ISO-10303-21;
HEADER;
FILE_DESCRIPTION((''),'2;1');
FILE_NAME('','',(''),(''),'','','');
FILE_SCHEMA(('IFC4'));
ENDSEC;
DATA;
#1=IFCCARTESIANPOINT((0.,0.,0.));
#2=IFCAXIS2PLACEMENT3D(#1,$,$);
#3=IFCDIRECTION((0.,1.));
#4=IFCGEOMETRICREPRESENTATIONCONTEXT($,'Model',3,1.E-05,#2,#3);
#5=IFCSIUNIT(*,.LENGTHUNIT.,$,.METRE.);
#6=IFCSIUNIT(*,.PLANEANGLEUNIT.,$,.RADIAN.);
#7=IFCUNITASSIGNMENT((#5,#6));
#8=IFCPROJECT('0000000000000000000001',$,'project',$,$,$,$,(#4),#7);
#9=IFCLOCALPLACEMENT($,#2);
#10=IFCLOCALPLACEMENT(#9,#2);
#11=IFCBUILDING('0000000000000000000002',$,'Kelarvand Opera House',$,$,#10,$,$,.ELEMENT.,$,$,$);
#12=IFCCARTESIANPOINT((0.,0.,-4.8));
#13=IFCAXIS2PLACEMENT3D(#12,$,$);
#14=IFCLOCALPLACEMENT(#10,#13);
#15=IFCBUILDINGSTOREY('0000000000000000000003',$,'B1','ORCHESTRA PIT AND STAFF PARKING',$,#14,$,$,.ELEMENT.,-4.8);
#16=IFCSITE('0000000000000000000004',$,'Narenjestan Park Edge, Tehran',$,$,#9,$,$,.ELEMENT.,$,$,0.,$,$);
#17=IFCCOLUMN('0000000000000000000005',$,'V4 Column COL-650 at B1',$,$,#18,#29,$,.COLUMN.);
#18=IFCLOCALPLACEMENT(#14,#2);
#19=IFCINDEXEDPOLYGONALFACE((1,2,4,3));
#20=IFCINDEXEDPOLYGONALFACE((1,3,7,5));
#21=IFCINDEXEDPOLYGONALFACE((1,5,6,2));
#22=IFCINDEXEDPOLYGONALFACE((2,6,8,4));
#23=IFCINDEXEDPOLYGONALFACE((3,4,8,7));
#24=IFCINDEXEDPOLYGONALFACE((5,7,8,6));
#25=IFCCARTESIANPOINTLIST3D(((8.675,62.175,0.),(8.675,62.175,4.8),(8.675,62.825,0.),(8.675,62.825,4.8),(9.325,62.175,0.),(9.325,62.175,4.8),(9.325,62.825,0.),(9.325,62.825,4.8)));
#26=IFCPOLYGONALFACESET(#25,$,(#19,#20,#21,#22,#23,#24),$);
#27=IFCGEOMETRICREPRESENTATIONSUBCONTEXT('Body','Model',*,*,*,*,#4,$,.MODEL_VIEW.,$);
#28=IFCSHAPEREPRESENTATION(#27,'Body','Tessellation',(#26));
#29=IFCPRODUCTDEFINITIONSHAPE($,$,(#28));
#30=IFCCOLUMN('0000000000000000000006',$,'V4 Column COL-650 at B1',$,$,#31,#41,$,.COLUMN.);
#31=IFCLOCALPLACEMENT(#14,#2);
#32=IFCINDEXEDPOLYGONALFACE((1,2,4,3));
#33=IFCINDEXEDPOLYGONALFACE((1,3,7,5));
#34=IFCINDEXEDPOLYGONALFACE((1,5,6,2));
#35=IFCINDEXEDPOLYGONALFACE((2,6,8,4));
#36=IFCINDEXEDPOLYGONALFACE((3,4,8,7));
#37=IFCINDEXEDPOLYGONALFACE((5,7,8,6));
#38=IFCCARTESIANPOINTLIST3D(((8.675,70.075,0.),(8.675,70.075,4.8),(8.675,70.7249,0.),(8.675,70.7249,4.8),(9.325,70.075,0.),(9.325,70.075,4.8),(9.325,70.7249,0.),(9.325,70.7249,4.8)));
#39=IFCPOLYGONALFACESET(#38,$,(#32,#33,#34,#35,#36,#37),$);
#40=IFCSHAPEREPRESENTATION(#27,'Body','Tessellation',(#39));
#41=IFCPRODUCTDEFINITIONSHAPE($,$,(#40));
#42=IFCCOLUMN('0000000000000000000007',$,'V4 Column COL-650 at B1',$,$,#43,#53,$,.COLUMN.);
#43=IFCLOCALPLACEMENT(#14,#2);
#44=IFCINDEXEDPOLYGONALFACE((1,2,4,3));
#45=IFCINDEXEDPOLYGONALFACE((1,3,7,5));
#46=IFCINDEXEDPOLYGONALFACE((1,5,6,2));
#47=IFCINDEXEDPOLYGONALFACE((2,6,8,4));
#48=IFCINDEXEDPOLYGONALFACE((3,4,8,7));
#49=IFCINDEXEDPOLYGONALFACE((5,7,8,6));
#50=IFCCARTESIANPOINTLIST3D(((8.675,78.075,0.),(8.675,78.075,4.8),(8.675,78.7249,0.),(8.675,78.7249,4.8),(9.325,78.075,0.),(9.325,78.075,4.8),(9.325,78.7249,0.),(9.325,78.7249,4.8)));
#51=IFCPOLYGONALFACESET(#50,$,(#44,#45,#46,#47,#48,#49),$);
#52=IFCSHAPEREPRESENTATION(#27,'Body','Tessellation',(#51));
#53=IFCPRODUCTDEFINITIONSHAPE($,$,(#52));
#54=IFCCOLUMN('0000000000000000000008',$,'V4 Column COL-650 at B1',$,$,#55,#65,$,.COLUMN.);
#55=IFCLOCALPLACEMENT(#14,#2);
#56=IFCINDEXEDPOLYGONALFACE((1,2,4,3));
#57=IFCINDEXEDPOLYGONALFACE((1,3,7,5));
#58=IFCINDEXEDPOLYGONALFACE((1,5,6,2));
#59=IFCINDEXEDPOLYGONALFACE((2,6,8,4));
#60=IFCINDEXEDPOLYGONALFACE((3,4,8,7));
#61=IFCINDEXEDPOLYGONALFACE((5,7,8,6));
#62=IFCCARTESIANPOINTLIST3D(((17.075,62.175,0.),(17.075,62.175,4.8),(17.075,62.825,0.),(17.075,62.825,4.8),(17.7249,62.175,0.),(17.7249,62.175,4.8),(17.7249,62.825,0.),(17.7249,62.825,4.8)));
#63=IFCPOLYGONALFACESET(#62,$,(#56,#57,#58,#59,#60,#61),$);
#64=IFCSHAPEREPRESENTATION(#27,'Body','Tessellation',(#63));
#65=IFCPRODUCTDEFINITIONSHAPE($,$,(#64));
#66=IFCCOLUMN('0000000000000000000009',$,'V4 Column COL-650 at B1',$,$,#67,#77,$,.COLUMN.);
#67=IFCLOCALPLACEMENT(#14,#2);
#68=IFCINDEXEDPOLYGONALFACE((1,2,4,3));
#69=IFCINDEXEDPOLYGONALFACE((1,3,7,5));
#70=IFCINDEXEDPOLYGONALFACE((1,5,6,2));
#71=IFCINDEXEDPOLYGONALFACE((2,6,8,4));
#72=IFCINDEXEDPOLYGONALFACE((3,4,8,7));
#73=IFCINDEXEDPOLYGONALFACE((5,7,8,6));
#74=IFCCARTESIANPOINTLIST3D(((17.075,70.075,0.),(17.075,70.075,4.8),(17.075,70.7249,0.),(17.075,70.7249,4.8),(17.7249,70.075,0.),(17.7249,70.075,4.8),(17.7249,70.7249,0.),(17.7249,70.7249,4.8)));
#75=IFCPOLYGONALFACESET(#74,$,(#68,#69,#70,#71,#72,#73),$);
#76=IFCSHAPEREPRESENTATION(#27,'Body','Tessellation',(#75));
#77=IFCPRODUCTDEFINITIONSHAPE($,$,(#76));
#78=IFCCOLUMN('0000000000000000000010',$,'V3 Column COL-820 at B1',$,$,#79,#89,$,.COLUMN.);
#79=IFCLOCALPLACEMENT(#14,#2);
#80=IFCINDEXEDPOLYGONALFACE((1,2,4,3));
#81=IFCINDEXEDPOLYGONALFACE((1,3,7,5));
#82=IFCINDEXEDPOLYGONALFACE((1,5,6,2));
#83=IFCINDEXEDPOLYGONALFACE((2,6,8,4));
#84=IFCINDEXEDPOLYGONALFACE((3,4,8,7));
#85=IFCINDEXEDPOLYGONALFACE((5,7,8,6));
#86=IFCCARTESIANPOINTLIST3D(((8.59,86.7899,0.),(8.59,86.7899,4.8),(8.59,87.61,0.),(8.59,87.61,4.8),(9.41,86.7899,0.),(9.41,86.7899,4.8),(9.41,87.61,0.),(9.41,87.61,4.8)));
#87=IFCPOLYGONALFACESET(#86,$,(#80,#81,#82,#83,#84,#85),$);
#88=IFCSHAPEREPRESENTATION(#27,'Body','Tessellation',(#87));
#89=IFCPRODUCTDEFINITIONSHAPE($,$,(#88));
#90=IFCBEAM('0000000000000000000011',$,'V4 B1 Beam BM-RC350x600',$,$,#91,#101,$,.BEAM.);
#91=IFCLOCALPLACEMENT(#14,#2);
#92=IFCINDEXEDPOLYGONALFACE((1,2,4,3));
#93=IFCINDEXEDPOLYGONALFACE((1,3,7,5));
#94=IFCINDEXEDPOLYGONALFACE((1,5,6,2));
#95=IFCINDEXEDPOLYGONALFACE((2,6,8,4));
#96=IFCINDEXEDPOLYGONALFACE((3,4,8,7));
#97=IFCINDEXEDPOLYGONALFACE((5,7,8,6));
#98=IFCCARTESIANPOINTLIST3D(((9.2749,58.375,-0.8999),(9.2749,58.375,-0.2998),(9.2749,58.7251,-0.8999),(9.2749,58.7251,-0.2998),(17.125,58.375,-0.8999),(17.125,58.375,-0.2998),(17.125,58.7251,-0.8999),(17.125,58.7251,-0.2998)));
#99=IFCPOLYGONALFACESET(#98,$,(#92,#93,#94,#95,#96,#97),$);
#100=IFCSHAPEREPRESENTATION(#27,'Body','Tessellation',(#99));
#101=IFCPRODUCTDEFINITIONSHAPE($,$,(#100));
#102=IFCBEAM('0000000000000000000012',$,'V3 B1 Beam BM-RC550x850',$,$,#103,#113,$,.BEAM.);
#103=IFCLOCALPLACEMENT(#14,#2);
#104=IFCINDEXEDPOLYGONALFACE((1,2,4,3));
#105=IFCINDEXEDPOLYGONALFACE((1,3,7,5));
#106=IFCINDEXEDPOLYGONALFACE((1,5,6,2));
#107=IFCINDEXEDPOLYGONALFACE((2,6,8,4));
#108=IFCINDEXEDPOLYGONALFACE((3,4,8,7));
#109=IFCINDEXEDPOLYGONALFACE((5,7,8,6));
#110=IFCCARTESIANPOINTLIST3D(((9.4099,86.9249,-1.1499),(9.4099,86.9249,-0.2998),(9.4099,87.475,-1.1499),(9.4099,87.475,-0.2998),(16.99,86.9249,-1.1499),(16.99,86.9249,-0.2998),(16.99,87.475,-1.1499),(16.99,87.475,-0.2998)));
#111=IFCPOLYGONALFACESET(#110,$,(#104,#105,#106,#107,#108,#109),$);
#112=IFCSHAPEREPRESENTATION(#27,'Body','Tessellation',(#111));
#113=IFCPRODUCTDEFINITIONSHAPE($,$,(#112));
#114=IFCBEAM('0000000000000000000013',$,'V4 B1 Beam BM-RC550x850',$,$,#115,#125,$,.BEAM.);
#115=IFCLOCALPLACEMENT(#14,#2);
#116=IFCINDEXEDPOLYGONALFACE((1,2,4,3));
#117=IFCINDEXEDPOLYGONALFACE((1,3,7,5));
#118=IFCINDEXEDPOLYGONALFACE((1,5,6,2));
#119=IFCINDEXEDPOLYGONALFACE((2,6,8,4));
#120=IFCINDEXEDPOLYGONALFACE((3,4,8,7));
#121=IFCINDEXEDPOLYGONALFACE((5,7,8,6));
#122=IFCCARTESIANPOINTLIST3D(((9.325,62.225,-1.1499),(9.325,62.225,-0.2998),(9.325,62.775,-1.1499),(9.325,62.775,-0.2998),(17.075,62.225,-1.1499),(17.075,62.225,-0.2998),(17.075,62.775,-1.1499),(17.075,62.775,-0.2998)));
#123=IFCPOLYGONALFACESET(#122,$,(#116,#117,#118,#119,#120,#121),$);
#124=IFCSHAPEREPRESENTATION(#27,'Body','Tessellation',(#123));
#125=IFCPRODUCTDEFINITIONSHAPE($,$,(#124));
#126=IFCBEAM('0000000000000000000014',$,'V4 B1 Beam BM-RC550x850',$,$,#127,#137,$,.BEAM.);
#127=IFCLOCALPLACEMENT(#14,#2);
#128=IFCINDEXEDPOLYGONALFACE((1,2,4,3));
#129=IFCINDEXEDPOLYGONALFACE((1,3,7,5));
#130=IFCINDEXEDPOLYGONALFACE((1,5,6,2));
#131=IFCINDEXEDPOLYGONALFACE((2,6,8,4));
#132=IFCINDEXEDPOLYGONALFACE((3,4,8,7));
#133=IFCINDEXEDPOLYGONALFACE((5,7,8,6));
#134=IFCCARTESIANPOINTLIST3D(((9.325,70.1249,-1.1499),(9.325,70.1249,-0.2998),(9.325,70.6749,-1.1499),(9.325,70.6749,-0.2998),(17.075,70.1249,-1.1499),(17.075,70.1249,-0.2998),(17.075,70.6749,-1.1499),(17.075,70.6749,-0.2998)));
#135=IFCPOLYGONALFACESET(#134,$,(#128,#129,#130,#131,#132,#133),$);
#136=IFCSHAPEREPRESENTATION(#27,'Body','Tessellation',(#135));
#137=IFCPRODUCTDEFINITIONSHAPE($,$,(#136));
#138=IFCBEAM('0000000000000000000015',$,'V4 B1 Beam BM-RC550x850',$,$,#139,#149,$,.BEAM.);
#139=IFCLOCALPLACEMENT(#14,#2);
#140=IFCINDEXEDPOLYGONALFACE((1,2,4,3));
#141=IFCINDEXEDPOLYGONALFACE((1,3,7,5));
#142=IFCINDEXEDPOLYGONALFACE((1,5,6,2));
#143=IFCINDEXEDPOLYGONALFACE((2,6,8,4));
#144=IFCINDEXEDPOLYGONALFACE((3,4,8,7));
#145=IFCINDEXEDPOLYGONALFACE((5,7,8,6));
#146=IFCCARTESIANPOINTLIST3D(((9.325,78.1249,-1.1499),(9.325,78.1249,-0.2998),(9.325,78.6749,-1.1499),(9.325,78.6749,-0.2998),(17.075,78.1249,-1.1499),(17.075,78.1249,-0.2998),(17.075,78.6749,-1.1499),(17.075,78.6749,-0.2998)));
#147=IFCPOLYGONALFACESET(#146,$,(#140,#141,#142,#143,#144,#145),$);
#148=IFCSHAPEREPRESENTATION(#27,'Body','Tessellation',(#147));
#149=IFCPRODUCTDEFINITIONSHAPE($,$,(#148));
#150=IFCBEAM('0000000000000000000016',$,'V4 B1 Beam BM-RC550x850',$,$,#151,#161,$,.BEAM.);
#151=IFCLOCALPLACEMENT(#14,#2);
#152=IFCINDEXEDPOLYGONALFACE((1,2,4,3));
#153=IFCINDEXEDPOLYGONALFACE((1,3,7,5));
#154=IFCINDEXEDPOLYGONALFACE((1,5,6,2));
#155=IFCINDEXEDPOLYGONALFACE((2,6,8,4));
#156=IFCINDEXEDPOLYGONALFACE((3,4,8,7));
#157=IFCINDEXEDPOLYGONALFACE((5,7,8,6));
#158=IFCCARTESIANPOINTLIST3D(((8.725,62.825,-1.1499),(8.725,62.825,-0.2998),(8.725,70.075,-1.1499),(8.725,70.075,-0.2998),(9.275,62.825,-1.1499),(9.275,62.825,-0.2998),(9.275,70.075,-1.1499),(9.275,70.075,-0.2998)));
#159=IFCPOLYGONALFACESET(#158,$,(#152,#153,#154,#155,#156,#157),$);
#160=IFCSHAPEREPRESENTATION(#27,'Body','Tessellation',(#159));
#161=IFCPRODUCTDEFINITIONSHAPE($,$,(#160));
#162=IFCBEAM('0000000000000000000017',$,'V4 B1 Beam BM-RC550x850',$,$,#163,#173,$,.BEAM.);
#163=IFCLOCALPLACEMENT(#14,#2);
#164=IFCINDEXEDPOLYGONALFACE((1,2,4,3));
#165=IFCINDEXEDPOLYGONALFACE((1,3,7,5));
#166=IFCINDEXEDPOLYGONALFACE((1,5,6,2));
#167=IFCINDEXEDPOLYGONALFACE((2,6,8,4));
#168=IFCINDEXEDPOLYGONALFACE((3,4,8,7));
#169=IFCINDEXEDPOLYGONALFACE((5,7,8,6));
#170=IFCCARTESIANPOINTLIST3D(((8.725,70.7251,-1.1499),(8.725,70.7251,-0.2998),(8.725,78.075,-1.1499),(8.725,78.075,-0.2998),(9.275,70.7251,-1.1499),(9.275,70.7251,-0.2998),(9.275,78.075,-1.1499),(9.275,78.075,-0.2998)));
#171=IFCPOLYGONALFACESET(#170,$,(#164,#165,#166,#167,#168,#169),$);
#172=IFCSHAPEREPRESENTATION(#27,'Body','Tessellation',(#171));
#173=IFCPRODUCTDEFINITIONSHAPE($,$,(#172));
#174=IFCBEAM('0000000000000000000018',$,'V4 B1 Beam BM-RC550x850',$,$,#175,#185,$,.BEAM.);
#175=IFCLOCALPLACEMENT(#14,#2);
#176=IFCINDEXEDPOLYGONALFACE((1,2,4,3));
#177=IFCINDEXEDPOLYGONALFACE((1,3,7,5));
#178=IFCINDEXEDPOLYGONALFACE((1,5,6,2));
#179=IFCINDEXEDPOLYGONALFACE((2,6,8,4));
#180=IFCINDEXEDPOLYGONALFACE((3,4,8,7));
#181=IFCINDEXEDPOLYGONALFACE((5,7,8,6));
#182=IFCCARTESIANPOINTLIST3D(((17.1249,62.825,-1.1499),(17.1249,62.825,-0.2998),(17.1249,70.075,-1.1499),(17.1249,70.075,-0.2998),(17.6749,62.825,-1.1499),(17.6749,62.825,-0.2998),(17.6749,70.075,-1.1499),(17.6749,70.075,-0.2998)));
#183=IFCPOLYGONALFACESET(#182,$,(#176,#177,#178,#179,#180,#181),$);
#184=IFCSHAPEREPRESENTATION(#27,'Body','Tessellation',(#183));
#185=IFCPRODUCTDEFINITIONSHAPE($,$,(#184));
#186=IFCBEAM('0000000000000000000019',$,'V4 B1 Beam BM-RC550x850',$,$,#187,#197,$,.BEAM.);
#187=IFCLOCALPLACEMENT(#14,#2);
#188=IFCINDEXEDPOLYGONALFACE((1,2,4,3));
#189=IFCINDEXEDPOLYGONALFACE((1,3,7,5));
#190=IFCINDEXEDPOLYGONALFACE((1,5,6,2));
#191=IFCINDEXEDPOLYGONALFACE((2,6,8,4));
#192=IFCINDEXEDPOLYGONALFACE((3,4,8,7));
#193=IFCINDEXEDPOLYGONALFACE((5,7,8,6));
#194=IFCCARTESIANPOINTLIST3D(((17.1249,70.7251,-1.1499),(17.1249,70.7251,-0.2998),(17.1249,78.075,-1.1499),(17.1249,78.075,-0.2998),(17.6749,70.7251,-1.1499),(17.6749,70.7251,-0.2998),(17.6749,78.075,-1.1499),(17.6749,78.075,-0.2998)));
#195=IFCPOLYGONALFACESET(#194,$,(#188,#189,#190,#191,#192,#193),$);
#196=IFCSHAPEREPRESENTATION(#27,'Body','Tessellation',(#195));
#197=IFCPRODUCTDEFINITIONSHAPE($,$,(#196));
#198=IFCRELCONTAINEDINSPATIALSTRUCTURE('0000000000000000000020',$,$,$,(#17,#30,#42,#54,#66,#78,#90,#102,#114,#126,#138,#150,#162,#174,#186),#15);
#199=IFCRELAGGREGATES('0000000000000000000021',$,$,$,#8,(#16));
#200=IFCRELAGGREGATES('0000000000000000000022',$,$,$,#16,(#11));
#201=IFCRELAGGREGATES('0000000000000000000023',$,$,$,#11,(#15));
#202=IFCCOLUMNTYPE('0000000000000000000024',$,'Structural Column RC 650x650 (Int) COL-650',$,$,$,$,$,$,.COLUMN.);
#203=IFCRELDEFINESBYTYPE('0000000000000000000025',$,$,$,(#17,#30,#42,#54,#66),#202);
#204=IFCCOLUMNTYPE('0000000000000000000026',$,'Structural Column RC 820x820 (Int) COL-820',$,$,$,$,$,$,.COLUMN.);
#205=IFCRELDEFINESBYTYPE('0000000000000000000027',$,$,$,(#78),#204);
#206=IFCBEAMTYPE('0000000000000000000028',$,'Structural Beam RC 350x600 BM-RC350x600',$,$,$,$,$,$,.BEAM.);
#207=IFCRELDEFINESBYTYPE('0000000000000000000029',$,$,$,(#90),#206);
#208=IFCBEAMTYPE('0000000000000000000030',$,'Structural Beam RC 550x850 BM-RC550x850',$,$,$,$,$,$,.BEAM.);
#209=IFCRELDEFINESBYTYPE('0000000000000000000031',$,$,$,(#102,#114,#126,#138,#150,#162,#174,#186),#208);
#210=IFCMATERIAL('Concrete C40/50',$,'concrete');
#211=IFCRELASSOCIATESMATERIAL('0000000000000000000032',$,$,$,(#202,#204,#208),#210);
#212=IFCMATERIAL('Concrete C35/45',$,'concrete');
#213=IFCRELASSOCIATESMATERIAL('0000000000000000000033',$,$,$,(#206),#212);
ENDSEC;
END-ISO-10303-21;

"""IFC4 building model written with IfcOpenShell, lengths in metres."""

from ifc_helpers import new_model, si_unit, direction, frame, origin, origin_2d, place, context, subcontext, project, spatial, rectangle, extrude, material, material_profile, profile_set, type_object, element, save


model = new_model("IFC4")

# Units and contexts
model_context = context("Model", 3, precision=1e-05, world=origin(), true_north=direction((0.0, 1.0)))
body_context = subcontext(model_context, "Body", "Model", "MODEL_VIEW")
ifc_project = project(units=[si_unit("LENGTHUNIT", "METRE"), si_unit("PLANEANGLEUNIT", "RADIAN")], contexts=[model_context])

# Site, building, storey
site_placement = place(None, origin())
site = spatial("IfcSite", under=ifc_project, at=site_placement, Name="Narenjestan Park Edge, Tehran", CompositionType="ELEMENT", RefElevation=0.0)
building_placement = place(site_placement, origin())
building = spatial("IfcBuilding", under=site, at=building_placement, Name="Kelarvand Opera House", CompositionType="ELEMENT")
storey_placement = place(building_placement, frame((0.0, 0.0, -4.8)))
storey = spatial("IfcBuildingStorey", under=building, at=storey_placement, Name="B1", Description="ORCHESTRA PIT AND STAFF PARKING", CompositionType="ELEMENT", Elevation=-4.8)

# Columns
ifc_material_1 = material(Name="Concrete C40/50", Category="concrete")
ifc_material_profile_1 = material_profile(ifc_material_1, rectangle(XDim=0.6499, YDim=0.6499, at=origin_2d()), Name="RC 650x650", Category="concrete")
ifc_profile_set_1 = profile_set([ifc_material_profile_1], Name="Concrete C40/50")
column_type_1 = type_object("IfcColumnType", Name="Structural Column RC 650x650 (Int) COL-650", PredefinedType="COLUMN", material=ifc_profile_set_1)
for number, where, z_axis, x_axis, name in (
    (1, (9.0, 62.5, 0.0), (0.0, 0.0, 1.0), (1.0, 0.0, 0.0), "V4 Column COL-650 at B1"),
    (2, (9.0, 70.3999, 0.0), (0.0, 0.0, 1.0), (1.0, 0.0, 0.0), "V4 Column COL-650 at B1"),
    (3, (9.0, 78.3999, 0.0), (0.0, 0.0, 1.0), (1.0, 0.0, 0.0), "V4 Column COL-650 at B1"),
    (4, (17.3999, 62.5, 0.0), (0.0, 0.0, 1.0), (1.0, 0.0, 0.0), "V4 Column COL-650 at B1"),
    (5, (17.3999, 70.3999, 0.0), (0.0, 0.0, 1.0), (1.0, 0.0, 0.0), "V4 Column COL-650 at B1"),
):
    element("IfcColumn", number, at=place(storey_placement, frame(where, z_axis=z_axis, x_axis=x_axis)), inside=storey, type_object=column_type_1, Name=name, PredefinedType="COLUMN", context=body_context, shape_type="SweptSolid", body=[
        extrude(rectangle(XDim=0.6499, YDim=0.6499, at=origin_2d()), origin(), (0.0, 0.0, 1.0), 4.8),
    ])
ifc_material_profile_2 = material_profile(ifc_material_1, rectangle(XDim=0.8201, YDim=0.8201, at=origin_2d()), Name="RC 820x820", Category="concrete")
ifc_profile_set_2 = profile_set([ifc_material_profile_2], Name="Concrete C40/50")
column_type_2 = type_object("IfcColumnType", Name="Structural Column RC 820x820 (Int) COL-820", PredefinedType="COLUMN", material=ifc_profile_set_2)
column_placement = place(storey_placement, frame((9.0, 87.2, 0.0), z_axis=(0.0, 0.0, 1.0), x_axis=(1.0, 0.0, 0.0)))
element("IfcColumn", 6, at=column_placement, inside=storey, type_object=column_type_2, Name="V3 Column COL-820 at B1", PredefinedType="COLUMN", context=body_context, shape_type="SweptSolid", body=[
    extrude(rectangle(XDim=0.8201, YDim=0.8201, at=origin_2d()), origin(), (0.0, 0.0, 1.0), 4.8),
])

# Beams
ifc_material_2 = material(Name="Concrete C35/45", Category="concrete")
ifc_material_profile_3 = material_profile(ifc_material_2, rectangle(XDim=0.3501, YDim=0.6001, at=origin_2d()), Name="RC 350x600", Category="concrete")
ifc_profile_set_3 = profile_set([ifc_material_profile_3], Name="Concrete C35/45")
beam_type_1 = type_object("IfcBeamType", Name="Structural Beam RC 350x600 BM-RC350x600", PredefinedType="BEAM", material=ifc_profile_set_3)
beam_1_placement = place(storey_placement, frame((9.2749, 58.55, -0.5999), z_axis=(1.0, 0.0, 0.0), x_axis=(0.0, 1.0, 0.0)))
element("IfcBeam", 7, at=beam_1_placement, inside=storey, type_object=beam_type_1, Name="V4 B1 Beam BM-RC350x600", PredefinedType="BEAM", context=body_context, shape_type="SweptSolid", body=[
    extrude(rectangle(XDim=0.3501, YDim=0.6001, at=origin_2d()), origin(), (0.0, 0.0, 1.0), 7.8501),
])
ifc_material_profile_4 = material_profile(ifc_material_1, rectangle(XDim=0.55, YDim=0.8501, at=origin_2d()), Name="RC 550x850", Category="concrete")
ifc_profile_set_4 = profile_set([ifc_material_profile_4], Name="Concrete C40/50")
beam_type_2 = type_object("IfcBeamType", Name="Structural Beam RC 550x850 BM-RC550x850", PredefinedType="BEAM", material=ifc_profile_set_4)
beam_2_placement = place(storey_placement, frame((9.4099, 87.2, -0.7249), z_axis=(1.0, 0.0, 0.0), x_axis=(0.0, 1.0, 0.0)))
element("IfcBeam", 8, at=beam_2_placement, inside=storey, type_object=beam_type_2, Name="V3 B1 Beam BM-RC550x850", PredefinedType="BEAM", context=body_context, shape_type="SweptSolid", body=[
    extrude(rectangle(XDim=0.55, YDim=0.8501, at=origin_2d()), origin(), (0.0, 0.0, 1.0), 7.5801),
])
for number, where, z_axis, x_axis, name in (
    (9, (9.325, 62.5, -0.7249), (1.0, 0.0, 0.0), (0.0, 1.0, 0.0), "V4 B1 Beam BM-RC550x850"),
    (10, (9.325, 70.3999, -0.7249), (1.0, 0.0, 0.0), (0.0, 1.0, 0.0), "V4 B1 Beam BM-RC550x850"),
    (11, (9.325, 78.3999, -0.7249), (1.0, 0.0, 0.0), (0.0, 1.0, 0.0), "V4 B1 Beam BM-RC550x850"),
):
    element("IfcBeam", number, at=place(storey_placement, frame(where, z_axis=z_axis, x_axis=x_axis)), inside=storey, type_object=beam_type_2, Name=name, PredefinedType="BEAM", context=body_context, shape_type="SweptSolid", body=[
        extrude(rectangle(XDim=0.55, YDim=0.8501, at=origin_2d()), origin(), (0.0, 0.0, 1.0), 7.75),
    ])
beam_3_placement = place(storey_placement, frame((9.0, 62.825, -0.7249), z_axis=(0.0, 1.0, 0.0), x_axis=(-1.0, 0.0, 0.0)))
element("IfcBeam", 12, at=beam_3_placement, inside=storey, type_object=beam_type_2, Name="V4 B1 Beam BM-RC550x850", PredefinedType="BEAM", context=body_context, shape_type="SweptSolid", body=[
    extrude(rectangle(XDim=0.55, YDim=0.8501, at=origin_2d()), origin(), (0.0, 0.0, 1.0), 7.25),
])
beam_4_placement = place(storey_placement, frame((9.0, 70.7251, -0.7249), z_axis=(0.0, 1.0, 0.0), x_axis=(-1.0, 0.0, 0.0)))
element("IfcBeam", 13, at=beam_4_placement, inside=storey, type_object=beam_type_2, Name="V4 B1 Beam BM-RC550x850", PredefinedType="BEAM", context=body_context, shape_type="SweptSolid", body=[
    extrude(rectangle(XDim=0.55, YDim=0.8501, at=origin_2d()), origin(), (0.0, 0.0, 1.0), 7.3499),
])
beam_5_placement = place(storey_placement, frame((17.3999, 62.825, -0.7249), z_axis=(0.0, 1.0, 0.0), x_axis=(-1.0, 0.0, 0.0)))
element("IfcBeam", 14, at=beam_5_placement, inside=storey, type_object=beam_type_2, Name="V4 B1 Beam BM-RC550x850", PredefinedType="BEAM", context=body_context, shape_type="SweptSolid", body=[
    extrude(rectangle(XDim=0.55, YDim=0.8501, at=origin_2d()), origin(), (0.0, 0.0, 1.0), 7.25),
])
beam_6_placement = place(storey_placement, frame((17.3999, 70.7251, -0.7249), z_axis=(0.0, 1.0, 0.0), x_axis=(-1.0, 0.0, 0.0)))
element("IfcBeam", 15, at=beam_6_placement, inside=storey, type_object=beam_type_2, Name="V4 B1 Beam BM-RC550x850", PredefinedType="BEAM", context=body_context, shape_type="SweptSolid", body=[
    extrude(rectangle(XDim=0.55, YDim=0.8501, at=origin_2d()), origin(), (0.0, 0.0, 1.0), 7.3499),
])

save(model, "model.ifc")
